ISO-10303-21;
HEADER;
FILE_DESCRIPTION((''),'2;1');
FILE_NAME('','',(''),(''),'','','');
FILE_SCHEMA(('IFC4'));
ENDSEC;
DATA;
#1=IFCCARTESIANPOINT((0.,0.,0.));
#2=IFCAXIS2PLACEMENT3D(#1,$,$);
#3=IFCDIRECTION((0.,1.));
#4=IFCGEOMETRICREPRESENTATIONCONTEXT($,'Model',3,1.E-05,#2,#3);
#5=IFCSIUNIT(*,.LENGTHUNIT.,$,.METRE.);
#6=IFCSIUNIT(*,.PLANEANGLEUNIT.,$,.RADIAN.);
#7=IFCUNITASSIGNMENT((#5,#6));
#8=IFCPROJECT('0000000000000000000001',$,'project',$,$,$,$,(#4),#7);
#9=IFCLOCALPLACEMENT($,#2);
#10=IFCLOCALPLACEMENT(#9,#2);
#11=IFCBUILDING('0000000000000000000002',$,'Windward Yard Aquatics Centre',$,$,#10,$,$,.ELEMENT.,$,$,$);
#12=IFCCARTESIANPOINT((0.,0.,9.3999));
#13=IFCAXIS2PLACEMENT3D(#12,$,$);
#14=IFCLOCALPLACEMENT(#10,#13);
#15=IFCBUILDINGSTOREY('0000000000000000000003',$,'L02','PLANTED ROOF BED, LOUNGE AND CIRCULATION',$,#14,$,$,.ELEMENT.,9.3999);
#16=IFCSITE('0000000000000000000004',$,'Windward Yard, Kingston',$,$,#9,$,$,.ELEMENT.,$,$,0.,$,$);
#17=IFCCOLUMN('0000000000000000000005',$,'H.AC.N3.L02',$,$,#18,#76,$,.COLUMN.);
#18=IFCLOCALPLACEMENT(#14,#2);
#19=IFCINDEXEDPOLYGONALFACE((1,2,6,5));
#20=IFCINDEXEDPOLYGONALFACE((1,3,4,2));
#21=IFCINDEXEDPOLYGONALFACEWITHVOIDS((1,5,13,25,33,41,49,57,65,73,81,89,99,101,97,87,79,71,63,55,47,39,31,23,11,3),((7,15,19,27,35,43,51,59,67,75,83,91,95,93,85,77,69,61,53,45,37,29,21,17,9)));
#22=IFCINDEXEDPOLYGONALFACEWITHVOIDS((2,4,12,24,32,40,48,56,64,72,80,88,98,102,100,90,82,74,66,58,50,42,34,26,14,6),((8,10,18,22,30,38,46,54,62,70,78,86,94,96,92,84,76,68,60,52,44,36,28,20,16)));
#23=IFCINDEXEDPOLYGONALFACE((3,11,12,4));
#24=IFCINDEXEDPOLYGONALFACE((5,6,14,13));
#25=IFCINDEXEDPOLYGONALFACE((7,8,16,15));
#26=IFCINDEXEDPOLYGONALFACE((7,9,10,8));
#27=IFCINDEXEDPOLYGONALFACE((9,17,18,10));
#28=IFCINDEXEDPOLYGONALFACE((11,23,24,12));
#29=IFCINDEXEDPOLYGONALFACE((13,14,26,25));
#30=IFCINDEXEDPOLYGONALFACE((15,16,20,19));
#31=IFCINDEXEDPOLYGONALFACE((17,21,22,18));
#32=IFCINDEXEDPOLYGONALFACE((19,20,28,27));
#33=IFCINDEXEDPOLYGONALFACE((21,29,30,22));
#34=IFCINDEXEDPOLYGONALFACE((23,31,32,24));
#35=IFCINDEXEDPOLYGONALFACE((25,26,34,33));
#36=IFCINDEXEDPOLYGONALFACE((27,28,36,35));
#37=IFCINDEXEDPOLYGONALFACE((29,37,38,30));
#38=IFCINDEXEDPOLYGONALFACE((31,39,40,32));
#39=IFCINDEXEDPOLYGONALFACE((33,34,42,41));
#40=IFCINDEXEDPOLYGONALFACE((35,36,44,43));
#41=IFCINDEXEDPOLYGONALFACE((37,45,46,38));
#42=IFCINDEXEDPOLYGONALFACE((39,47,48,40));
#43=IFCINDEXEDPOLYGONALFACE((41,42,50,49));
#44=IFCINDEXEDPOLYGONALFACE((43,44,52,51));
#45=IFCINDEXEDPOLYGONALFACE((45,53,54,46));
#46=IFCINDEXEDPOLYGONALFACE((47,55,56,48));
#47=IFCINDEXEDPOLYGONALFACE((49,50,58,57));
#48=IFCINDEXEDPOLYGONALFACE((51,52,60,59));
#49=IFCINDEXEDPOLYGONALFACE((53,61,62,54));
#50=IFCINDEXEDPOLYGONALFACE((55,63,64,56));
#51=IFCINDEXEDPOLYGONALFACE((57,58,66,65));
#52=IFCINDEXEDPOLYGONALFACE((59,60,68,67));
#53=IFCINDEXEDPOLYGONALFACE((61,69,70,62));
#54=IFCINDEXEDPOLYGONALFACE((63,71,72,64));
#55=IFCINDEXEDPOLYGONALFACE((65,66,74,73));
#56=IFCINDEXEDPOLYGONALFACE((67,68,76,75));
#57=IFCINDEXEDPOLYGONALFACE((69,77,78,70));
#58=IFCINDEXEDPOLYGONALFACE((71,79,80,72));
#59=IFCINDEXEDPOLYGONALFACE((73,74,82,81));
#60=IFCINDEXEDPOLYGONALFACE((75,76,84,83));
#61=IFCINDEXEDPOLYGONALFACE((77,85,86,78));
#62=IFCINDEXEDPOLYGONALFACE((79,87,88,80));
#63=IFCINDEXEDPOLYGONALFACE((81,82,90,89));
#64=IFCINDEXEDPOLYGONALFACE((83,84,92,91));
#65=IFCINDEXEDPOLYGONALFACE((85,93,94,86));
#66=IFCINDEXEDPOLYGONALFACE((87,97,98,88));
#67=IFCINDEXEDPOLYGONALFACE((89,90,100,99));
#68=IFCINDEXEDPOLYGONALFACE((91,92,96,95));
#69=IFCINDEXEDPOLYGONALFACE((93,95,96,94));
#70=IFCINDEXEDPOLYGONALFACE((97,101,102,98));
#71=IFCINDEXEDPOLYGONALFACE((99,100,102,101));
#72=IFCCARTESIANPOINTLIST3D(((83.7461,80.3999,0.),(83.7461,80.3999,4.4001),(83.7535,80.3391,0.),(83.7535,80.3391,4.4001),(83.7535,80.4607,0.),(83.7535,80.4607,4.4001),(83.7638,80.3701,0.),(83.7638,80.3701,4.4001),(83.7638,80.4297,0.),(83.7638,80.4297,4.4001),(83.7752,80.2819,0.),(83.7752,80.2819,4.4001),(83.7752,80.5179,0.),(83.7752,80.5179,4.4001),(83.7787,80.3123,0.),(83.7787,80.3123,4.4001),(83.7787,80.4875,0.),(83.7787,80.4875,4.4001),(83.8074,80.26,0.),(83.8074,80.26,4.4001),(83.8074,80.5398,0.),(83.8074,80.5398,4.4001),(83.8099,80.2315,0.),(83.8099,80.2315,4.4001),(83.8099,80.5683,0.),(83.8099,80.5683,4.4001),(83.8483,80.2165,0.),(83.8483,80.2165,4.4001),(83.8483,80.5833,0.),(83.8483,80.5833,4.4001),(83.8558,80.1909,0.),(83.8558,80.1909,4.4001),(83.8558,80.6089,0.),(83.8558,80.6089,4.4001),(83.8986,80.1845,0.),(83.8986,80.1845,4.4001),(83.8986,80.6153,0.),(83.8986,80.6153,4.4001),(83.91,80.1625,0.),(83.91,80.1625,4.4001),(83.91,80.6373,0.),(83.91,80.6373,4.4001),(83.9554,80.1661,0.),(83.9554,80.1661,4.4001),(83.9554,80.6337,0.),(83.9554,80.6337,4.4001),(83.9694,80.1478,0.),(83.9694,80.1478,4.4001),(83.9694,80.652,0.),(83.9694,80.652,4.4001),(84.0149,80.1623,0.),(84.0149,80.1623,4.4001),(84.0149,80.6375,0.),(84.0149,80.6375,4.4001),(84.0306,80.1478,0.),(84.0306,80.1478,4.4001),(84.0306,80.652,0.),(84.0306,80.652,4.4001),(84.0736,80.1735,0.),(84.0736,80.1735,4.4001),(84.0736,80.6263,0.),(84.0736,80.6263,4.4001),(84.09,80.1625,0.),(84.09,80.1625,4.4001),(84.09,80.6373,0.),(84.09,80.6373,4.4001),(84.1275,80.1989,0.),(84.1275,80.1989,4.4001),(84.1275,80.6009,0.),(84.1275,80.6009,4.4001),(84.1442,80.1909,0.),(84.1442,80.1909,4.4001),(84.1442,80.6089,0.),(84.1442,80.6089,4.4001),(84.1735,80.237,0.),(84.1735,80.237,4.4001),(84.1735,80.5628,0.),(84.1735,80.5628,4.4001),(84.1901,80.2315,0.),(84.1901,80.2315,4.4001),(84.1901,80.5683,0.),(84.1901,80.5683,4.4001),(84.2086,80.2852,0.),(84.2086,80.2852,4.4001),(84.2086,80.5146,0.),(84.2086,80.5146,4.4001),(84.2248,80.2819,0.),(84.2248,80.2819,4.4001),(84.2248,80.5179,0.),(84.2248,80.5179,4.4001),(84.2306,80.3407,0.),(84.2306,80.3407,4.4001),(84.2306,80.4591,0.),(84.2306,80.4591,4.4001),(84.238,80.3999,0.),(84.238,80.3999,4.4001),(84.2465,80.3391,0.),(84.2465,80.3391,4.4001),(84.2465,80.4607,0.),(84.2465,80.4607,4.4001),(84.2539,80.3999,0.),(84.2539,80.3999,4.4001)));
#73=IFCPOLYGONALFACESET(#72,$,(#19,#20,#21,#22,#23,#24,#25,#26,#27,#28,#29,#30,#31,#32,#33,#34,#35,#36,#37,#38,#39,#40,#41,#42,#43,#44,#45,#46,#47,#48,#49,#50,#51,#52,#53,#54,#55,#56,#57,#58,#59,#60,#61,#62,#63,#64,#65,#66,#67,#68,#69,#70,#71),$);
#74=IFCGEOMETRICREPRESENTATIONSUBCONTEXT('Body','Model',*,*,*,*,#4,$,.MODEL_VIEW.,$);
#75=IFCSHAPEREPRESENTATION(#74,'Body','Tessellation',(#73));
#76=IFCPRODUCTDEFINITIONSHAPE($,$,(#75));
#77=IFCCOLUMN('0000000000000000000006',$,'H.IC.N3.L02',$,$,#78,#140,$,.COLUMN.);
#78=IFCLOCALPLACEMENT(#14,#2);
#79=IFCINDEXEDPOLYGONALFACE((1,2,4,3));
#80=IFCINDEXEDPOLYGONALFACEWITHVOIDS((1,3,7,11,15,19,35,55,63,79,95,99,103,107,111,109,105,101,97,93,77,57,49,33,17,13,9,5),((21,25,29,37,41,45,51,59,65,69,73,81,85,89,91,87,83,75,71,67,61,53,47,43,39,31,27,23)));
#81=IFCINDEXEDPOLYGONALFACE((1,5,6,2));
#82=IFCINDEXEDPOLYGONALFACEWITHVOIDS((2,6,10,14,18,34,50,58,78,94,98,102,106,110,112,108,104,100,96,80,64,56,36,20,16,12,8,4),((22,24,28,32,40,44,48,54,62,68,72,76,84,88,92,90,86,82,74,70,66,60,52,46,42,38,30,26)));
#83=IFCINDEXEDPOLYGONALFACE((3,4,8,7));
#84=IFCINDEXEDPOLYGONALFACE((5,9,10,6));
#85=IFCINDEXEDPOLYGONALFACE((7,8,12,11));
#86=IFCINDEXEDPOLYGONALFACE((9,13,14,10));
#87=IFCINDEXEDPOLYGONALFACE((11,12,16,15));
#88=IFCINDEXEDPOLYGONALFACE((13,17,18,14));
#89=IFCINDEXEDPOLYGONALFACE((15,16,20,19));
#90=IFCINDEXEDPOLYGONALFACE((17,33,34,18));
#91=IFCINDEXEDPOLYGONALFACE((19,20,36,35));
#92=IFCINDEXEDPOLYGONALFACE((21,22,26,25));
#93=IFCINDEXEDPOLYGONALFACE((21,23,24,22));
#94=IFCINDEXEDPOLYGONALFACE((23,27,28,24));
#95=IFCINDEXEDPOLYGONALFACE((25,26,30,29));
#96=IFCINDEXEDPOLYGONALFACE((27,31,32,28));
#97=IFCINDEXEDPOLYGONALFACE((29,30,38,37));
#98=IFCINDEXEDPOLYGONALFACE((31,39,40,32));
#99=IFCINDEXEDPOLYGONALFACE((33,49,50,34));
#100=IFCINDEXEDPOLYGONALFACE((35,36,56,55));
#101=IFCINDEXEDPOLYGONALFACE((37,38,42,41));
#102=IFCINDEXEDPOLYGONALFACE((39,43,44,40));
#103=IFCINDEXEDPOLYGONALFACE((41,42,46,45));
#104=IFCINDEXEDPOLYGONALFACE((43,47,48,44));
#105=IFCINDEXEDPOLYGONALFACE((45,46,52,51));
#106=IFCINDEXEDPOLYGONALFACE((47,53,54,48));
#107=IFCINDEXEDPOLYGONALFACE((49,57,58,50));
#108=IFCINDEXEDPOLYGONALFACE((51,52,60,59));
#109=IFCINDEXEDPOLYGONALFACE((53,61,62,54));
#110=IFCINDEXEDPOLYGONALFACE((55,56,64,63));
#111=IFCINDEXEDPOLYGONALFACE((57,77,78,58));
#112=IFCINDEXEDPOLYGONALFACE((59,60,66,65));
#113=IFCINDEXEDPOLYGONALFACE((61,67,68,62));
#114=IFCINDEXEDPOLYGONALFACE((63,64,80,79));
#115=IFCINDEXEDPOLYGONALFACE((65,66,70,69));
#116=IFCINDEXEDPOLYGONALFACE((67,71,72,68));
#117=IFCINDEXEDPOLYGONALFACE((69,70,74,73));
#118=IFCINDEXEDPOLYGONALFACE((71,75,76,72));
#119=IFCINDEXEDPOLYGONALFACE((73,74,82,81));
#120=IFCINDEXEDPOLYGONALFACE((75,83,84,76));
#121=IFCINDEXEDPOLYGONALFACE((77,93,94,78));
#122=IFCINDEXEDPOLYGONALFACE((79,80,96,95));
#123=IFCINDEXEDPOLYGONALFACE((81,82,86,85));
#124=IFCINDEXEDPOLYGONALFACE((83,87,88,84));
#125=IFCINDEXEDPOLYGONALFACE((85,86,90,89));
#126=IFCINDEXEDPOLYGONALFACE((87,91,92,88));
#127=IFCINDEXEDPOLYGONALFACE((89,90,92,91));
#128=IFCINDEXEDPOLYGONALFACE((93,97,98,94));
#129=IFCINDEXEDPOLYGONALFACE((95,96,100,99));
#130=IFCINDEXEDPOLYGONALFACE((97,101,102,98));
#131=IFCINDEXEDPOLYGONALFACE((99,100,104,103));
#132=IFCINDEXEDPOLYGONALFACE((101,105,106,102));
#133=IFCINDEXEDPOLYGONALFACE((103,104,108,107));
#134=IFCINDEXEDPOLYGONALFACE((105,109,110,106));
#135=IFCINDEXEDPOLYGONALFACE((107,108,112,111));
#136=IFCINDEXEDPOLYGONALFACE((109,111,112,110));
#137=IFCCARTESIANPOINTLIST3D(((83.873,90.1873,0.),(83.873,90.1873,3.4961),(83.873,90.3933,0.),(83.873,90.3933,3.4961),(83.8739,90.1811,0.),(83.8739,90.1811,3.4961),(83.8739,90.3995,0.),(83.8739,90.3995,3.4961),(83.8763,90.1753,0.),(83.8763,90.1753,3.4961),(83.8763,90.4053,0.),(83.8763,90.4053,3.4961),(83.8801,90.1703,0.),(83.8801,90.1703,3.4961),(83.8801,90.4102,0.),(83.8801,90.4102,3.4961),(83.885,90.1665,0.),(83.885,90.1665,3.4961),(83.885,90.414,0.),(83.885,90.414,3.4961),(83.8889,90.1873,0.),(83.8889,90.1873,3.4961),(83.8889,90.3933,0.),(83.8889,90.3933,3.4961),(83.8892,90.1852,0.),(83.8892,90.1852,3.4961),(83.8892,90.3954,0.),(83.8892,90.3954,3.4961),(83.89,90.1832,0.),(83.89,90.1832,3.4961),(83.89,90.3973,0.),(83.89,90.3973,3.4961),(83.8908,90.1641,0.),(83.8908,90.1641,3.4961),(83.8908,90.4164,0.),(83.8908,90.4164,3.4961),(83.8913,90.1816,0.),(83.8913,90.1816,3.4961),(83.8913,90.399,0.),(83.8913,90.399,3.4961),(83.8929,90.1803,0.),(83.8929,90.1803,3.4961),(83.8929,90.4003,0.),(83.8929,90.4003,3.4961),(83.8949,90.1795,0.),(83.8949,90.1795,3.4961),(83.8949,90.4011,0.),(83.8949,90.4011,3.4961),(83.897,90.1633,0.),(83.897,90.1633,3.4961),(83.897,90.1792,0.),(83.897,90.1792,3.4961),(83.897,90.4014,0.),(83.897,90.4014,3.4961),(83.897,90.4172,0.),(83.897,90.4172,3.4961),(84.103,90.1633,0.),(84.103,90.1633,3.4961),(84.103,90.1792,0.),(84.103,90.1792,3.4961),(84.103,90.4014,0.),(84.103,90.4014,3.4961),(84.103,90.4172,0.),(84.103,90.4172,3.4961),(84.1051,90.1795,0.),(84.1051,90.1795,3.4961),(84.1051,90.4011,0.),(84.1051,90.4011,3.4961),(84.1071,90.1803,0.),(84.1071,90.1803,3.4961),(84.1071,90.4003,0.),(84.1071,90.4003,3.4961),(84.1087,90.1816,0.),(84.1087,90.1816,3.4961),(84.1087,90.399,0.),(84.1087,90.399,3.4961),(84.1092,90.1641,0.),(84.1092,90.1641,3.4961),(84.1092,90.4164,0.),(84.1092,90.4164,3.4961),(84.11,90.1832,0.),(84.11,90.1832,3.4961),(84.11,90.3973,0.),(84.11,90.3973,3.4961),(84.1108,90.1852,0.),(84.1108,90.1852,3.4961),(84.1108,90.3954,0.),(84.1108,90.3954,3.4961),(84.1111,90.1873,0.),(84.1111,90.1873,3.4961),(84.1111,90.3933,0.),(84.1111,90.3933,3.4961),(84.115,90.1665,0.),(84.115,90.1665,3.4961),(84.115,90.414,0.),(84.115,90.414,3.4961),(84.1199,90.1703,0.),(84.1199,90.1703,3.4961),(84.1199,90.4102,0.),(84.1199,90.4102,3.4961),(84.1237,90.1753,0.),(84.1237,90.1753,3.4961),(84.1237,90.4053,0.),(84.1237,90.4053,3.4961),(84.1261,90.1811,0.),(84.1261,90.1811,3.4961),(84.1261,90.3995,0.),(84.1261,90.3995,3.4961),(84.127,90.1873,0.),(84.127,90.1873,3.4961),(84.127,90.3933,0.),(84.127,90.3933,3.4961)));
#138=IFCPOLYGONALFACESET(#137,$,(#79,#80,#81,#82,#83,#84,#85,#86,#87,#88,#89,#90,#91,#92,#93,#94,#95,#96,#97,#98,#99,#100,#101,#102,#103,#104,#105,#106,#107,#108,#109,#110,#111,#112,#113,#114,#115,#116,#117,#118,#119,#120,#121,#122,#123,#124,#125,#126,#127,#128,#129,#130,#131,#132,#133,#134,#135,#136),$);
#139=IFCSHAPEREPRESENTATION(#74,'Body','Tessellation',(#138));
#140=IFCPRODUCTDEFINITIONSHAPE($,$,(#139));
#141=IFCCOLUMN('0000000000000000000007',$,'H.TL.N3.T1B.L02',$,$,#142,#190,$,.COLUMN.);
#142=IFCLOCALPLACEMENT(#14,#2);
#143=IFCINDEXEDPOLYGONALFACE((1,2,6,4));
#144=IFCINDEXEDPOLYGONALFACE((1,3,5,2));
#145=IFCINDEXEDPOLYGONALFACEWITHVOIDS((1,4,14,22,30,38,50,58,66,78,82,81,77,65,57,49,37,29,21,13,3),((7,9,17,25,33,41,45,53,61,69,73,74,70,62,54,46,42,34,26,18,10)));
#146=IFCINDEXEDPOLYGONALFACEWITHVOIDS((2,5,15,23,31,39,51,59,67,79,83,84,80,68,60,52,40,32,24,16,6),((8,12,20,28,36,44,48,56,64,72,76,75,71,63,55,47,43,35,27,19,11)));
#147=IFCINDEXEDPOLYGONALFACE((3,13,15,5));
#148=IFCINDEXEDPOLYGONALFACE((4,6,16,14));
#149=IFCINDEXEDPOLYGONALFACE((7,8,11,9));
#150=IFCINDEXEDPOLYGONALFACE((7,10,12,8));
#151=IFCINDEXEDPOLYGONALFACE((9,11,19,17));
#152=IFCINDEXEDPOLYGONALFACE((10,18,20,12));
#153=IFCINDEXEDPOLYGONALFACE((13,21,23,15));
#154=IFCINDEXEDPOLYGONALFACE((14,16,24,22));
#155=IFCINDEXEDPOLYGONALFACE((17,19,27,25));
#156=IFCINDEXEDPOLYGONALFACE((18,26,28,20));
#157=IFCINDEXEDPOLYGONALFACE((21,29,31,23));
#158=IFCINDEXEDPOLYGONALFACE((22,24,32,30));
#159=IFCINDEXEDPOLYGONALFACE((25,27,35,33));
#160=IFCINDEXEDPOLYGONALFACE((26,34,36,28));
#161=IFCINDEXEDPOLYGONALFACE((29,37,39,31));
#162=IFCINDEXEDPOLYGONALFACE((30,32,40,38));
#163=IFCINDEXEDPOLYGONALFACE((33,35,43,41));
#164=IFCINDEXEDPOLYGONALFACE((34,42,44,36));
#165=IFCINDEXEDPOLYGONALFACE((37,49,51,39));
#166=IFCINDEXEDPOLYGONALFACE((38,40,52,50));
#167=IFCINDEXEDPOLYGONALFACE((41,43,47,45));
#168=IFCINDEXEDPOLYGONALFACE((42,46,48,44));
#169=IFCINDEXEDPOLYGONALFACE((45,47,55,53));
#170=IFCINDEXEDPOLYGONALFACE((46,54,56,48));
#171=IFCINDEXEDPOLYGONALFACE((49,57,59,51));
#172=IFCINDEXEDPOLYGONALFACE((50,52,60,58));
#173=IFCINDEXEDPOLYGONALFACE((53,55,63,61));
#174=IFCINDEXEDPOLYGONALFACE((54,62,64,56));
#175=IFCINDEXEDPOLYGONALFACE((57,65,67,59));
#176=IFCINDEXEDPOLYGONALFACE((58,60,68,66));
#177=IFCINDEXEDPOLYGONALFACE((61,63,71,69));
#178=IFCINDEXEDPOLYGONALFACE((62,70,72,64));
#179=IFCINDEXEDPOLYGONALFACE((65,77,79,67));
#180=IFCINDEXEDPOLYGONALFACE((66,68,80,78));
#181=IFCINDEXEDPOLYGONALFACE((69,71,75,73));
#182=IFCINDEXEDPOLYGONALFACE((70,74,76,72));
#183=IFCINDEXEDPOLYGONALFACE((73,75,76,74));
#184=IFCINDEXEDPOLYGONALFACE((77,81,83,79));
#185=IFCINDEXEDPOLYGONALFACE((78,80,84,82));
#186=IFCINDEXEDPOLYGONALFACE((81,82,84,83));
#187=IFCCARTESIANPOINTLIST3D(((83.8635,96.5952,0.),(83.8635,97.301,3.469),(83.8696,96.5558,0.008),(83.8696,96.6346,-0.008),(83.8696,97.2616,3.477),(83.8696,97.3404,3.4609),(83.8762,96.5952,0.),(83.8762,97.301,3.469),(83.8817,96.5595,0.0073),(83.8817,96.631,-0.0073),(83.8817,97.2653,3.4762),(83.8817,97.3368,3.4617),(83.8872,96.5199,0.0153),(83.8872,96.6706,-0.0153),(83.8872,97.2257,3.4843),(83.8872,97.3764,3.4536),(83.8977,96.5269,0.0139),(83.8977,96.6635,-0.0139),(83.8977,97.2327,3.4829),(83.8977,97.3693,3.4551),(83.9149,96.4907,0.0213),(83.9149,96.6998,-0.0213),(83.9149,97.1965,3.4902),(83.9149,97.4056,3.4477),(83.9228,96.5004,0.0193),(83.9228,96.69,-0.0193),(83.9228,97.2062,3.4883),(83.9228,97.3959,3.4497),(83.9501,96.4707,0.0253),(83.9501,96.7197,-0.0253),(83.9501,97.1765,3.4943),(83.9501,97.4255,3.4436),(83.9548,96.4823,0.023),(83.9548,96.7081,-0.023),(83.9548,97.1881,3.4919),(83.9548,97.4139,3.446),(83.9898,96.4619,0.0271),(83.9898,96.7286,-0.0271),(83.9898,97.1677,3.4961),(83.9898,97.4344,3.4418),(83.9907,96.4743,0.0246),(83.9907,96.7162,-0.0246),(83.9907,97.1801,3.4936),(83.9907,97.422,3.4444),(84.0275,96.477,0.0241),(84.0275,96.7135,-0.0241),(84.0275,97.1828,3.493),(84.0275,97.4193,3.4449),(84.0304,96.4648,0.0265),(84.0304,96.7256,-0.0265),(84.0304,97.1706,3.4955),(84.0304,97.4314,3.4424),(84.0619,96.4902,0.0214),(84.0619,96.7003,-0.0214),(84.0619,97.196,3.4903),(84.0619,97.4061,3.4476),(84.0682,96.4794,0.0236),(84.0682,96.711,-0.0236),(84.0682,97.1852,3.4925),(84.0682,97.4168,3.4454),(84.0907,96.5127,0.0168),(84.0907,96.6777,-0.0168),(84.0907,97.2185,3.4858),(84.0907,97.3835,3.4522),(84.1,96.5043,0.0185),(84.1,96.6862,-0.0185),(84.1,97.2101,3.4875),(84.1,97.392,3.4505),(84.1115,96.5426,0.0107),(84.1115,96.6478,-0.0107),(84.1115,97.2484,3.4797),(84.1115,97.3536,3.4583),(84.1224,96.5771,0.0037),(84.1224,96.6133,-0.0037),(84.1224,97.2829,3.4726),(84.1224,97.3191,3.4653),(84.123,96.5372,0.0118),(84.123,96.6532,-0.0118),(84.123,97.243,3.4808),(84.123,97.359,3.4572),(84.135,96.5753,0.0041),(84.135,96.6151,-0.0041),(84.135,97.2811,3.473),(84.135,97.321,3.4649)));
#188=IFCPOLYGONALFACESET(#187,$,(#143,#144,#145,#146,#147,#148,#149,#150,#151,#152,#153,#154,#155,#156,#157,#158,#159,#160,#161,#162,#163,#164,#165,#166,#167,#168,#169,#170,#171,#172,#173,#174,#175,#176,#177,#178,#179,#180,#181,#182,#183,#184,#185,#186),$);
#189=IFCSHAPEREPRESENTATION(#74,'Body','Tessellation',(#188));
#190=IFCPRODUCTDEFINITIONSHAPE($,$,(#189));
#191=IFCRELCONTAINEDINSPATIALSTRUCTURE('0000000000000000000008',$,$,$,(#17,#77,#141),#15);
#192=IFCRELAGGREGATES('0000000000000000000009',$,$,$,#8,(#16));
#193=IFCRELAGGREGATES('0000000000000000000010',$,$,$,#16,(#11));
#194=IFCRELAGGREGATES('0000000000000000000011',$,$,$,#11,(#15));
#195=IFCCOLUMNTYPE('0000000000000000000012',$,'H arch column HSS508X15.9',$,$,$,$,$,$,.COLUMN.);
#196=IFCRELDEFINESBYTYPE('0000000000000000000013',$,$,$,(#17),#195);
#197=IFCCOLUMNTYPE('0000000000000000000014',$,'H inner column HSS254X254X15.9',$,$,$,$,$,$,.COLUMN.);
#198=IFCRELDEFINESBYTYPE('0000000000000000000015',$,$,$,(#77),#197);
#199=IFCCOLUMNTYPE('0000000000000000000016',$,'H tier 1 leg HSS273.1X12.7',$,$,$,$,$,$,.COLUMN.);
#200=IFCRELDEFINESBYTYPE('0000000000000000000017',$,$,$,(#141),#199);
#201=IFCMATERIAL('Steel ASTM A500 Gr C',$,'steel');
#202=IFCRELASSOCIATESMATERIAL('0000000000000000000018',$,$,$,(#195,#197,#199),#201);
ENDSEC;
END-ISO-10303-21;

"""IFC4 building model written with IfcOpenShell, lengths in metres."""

from ifc_helpers import new_model, si_unit, direction, frame, origin, origin_2d, place, context, subcontext, project, spatial, hollow_rectangle, hollow_circle, extrude, material, material_profile, profile_set, type_object, element, save


model = new_model("IFC4")

# Units and contexts
model_context = context("Model", 3, precision=1e-05, world=origin(), true_north=direction((0.0, 1.0)))
body_context = subcontext(model_context, "Body", "Model", "MODEL_VIEW")
ifc_project = project(units=[si_unit("LENGTHUNIT", "METRE"), si_unit("PLANEANGLEUNIT", "RADIAN")], contexts=[model_context])

# Site, building, storey
site_placement = place(None, origin())
site = spatial("IfcSite", under=ifc_project, at=site_placement, Name="Windward Yard, Kingston", CompositionType="ELEMENT", RefElevation=0.0)
building_placement = place(site_placement, origin())
building = spatial("IfcBuilding", under=site, at=building_placement, Name="Windward Yard Aquatics Centre", CompositionType="ELEMENT")
storey_placement = place(building_placement, frame((0.0, 0.0, 9.3999)))
storey = spatial("IfcBuildingStorey", under=building, at=storey_placement, Name="L02", Description="PLANTED ROOF BED, LOUNGE AND CIRCULATION", CompositionType="ELEMENT", Elevation=9.3999)

# Columns
ifc_material_1 = material(Name="Steel ASTM A500 Gr C", Category="steel")
ifc_material_profile_1 = material_profile(ifc_material_1, hollow_circle(Radius=0.2539, WallThickness=0.0159, at=origin_2d()), Name="HSS508X15.9")
ifc_profile_set_1 = profile_set([ifc_material_profile_1], Name="Steel ASTM A500 Gr C")
column_type_1 = type_object("IfcColumnType", Name="H arch column HSS508X15.9", PredefinedType="COLUMN", material=ifc_profile_set_1)
column_1_placement = place(storey_placement, frame((84.0, 80.3999, 0.0), z_axis=(0.0, 0.0, 1.0), x_axis=(1.0, 0.0, 0.0)))
element("IfcColumn", 1, at=column_1_placement, inside=storey, type_object=column_type_1, Name="H.AC.N3.L02", PredefinedType="COLUMN", context=body_context, shape_type="SweptSolid", body=[
    extrude(hollow_circle(Radius=0.2539, WallThickness=0.0159, at=origin_2d()), origin(), (0.0, 0.0, 1.0), 4.4001),
])
ifc_material_profile_2 = material_profile(ifc_material_1, hollow_rectangle(XDim=0.2539, YDim=0.2539, WallThickness=0.0159, InnerFilletRadius=0.0081, OuterFilletRadius=0.0239, at=origin_2d()), Name="HSS254X254X15.9")
ifc_profile_set_2 = profile_set([ifc_material_profile_2], Name="Steel ASTM A500 Gr C")
column_type_2 = type_object("IfcColumnType", Name="H inner column HSS254X254X15.9", PredefinedType="COLUMN", material=ifc_profile_set_2)
column_2_placement = place(storey_placement, frame((84.0, 90.2903, 0.0), z_axis=(0.0, 0.0, 1.0), x_axis=(1.0, 0.0, 0.0)))
element("IfcColumn", 2, at=column_2_placement, inside=storey, type_object=column_type_2, Name="H.IC.N3.L02", PredefinedType="COLUMN", context=body_context, shape_type="SweptSolid", body=[
    extrude(hollow_rectangle(XDim=0.2539, YDim=0.2539, WallThickness=0.0159, InnerFilletRadius=0.0081, OuterFilletRadius=0.0239, at=origin_2d()), origin(), (0.0, 0.0, 1.0), 3.4961),
])
ifc_material_profile_3 = material_profile(ifc_material_1, hollow_circle(Radius=0.1365, WallThickness=0.0127, at=origin_2d()), Name="HSS273.1X12.7")
ifc_profile_set_3 = profile_set([ifc_material_profile_3], Name="Steel ASTM A500 Gr C")
column_type_3 = type_object("IfcColumnType", Name="H tier 1 leg HSS273.1X12.7", PredefinedType="COLUMN", material=ifc_profile_set_3)
column_3_placement = place(storey_placement, frame((84.0, 96.5952, 0.0), z_axis=(0.0, 0.199378, 0.979923), x_axis=(-1.0, 0.0, 0.0)))
element("IfcColumn", 3, at=column_3_placement, inside=storey, type_object=column_type_3, Name="H.TL.N3.T1B.L02", PredefinedType="COLUMN", context=body_context, shape_type="SweptSolid", body=[
    extrude(hollow_circle(Radius=0.1365, WallThickness=0.0127, at=origin_2d()), origin(), (0.0, 0.0, 1.0), 3.54),
])

save(model, "model.ifc")
